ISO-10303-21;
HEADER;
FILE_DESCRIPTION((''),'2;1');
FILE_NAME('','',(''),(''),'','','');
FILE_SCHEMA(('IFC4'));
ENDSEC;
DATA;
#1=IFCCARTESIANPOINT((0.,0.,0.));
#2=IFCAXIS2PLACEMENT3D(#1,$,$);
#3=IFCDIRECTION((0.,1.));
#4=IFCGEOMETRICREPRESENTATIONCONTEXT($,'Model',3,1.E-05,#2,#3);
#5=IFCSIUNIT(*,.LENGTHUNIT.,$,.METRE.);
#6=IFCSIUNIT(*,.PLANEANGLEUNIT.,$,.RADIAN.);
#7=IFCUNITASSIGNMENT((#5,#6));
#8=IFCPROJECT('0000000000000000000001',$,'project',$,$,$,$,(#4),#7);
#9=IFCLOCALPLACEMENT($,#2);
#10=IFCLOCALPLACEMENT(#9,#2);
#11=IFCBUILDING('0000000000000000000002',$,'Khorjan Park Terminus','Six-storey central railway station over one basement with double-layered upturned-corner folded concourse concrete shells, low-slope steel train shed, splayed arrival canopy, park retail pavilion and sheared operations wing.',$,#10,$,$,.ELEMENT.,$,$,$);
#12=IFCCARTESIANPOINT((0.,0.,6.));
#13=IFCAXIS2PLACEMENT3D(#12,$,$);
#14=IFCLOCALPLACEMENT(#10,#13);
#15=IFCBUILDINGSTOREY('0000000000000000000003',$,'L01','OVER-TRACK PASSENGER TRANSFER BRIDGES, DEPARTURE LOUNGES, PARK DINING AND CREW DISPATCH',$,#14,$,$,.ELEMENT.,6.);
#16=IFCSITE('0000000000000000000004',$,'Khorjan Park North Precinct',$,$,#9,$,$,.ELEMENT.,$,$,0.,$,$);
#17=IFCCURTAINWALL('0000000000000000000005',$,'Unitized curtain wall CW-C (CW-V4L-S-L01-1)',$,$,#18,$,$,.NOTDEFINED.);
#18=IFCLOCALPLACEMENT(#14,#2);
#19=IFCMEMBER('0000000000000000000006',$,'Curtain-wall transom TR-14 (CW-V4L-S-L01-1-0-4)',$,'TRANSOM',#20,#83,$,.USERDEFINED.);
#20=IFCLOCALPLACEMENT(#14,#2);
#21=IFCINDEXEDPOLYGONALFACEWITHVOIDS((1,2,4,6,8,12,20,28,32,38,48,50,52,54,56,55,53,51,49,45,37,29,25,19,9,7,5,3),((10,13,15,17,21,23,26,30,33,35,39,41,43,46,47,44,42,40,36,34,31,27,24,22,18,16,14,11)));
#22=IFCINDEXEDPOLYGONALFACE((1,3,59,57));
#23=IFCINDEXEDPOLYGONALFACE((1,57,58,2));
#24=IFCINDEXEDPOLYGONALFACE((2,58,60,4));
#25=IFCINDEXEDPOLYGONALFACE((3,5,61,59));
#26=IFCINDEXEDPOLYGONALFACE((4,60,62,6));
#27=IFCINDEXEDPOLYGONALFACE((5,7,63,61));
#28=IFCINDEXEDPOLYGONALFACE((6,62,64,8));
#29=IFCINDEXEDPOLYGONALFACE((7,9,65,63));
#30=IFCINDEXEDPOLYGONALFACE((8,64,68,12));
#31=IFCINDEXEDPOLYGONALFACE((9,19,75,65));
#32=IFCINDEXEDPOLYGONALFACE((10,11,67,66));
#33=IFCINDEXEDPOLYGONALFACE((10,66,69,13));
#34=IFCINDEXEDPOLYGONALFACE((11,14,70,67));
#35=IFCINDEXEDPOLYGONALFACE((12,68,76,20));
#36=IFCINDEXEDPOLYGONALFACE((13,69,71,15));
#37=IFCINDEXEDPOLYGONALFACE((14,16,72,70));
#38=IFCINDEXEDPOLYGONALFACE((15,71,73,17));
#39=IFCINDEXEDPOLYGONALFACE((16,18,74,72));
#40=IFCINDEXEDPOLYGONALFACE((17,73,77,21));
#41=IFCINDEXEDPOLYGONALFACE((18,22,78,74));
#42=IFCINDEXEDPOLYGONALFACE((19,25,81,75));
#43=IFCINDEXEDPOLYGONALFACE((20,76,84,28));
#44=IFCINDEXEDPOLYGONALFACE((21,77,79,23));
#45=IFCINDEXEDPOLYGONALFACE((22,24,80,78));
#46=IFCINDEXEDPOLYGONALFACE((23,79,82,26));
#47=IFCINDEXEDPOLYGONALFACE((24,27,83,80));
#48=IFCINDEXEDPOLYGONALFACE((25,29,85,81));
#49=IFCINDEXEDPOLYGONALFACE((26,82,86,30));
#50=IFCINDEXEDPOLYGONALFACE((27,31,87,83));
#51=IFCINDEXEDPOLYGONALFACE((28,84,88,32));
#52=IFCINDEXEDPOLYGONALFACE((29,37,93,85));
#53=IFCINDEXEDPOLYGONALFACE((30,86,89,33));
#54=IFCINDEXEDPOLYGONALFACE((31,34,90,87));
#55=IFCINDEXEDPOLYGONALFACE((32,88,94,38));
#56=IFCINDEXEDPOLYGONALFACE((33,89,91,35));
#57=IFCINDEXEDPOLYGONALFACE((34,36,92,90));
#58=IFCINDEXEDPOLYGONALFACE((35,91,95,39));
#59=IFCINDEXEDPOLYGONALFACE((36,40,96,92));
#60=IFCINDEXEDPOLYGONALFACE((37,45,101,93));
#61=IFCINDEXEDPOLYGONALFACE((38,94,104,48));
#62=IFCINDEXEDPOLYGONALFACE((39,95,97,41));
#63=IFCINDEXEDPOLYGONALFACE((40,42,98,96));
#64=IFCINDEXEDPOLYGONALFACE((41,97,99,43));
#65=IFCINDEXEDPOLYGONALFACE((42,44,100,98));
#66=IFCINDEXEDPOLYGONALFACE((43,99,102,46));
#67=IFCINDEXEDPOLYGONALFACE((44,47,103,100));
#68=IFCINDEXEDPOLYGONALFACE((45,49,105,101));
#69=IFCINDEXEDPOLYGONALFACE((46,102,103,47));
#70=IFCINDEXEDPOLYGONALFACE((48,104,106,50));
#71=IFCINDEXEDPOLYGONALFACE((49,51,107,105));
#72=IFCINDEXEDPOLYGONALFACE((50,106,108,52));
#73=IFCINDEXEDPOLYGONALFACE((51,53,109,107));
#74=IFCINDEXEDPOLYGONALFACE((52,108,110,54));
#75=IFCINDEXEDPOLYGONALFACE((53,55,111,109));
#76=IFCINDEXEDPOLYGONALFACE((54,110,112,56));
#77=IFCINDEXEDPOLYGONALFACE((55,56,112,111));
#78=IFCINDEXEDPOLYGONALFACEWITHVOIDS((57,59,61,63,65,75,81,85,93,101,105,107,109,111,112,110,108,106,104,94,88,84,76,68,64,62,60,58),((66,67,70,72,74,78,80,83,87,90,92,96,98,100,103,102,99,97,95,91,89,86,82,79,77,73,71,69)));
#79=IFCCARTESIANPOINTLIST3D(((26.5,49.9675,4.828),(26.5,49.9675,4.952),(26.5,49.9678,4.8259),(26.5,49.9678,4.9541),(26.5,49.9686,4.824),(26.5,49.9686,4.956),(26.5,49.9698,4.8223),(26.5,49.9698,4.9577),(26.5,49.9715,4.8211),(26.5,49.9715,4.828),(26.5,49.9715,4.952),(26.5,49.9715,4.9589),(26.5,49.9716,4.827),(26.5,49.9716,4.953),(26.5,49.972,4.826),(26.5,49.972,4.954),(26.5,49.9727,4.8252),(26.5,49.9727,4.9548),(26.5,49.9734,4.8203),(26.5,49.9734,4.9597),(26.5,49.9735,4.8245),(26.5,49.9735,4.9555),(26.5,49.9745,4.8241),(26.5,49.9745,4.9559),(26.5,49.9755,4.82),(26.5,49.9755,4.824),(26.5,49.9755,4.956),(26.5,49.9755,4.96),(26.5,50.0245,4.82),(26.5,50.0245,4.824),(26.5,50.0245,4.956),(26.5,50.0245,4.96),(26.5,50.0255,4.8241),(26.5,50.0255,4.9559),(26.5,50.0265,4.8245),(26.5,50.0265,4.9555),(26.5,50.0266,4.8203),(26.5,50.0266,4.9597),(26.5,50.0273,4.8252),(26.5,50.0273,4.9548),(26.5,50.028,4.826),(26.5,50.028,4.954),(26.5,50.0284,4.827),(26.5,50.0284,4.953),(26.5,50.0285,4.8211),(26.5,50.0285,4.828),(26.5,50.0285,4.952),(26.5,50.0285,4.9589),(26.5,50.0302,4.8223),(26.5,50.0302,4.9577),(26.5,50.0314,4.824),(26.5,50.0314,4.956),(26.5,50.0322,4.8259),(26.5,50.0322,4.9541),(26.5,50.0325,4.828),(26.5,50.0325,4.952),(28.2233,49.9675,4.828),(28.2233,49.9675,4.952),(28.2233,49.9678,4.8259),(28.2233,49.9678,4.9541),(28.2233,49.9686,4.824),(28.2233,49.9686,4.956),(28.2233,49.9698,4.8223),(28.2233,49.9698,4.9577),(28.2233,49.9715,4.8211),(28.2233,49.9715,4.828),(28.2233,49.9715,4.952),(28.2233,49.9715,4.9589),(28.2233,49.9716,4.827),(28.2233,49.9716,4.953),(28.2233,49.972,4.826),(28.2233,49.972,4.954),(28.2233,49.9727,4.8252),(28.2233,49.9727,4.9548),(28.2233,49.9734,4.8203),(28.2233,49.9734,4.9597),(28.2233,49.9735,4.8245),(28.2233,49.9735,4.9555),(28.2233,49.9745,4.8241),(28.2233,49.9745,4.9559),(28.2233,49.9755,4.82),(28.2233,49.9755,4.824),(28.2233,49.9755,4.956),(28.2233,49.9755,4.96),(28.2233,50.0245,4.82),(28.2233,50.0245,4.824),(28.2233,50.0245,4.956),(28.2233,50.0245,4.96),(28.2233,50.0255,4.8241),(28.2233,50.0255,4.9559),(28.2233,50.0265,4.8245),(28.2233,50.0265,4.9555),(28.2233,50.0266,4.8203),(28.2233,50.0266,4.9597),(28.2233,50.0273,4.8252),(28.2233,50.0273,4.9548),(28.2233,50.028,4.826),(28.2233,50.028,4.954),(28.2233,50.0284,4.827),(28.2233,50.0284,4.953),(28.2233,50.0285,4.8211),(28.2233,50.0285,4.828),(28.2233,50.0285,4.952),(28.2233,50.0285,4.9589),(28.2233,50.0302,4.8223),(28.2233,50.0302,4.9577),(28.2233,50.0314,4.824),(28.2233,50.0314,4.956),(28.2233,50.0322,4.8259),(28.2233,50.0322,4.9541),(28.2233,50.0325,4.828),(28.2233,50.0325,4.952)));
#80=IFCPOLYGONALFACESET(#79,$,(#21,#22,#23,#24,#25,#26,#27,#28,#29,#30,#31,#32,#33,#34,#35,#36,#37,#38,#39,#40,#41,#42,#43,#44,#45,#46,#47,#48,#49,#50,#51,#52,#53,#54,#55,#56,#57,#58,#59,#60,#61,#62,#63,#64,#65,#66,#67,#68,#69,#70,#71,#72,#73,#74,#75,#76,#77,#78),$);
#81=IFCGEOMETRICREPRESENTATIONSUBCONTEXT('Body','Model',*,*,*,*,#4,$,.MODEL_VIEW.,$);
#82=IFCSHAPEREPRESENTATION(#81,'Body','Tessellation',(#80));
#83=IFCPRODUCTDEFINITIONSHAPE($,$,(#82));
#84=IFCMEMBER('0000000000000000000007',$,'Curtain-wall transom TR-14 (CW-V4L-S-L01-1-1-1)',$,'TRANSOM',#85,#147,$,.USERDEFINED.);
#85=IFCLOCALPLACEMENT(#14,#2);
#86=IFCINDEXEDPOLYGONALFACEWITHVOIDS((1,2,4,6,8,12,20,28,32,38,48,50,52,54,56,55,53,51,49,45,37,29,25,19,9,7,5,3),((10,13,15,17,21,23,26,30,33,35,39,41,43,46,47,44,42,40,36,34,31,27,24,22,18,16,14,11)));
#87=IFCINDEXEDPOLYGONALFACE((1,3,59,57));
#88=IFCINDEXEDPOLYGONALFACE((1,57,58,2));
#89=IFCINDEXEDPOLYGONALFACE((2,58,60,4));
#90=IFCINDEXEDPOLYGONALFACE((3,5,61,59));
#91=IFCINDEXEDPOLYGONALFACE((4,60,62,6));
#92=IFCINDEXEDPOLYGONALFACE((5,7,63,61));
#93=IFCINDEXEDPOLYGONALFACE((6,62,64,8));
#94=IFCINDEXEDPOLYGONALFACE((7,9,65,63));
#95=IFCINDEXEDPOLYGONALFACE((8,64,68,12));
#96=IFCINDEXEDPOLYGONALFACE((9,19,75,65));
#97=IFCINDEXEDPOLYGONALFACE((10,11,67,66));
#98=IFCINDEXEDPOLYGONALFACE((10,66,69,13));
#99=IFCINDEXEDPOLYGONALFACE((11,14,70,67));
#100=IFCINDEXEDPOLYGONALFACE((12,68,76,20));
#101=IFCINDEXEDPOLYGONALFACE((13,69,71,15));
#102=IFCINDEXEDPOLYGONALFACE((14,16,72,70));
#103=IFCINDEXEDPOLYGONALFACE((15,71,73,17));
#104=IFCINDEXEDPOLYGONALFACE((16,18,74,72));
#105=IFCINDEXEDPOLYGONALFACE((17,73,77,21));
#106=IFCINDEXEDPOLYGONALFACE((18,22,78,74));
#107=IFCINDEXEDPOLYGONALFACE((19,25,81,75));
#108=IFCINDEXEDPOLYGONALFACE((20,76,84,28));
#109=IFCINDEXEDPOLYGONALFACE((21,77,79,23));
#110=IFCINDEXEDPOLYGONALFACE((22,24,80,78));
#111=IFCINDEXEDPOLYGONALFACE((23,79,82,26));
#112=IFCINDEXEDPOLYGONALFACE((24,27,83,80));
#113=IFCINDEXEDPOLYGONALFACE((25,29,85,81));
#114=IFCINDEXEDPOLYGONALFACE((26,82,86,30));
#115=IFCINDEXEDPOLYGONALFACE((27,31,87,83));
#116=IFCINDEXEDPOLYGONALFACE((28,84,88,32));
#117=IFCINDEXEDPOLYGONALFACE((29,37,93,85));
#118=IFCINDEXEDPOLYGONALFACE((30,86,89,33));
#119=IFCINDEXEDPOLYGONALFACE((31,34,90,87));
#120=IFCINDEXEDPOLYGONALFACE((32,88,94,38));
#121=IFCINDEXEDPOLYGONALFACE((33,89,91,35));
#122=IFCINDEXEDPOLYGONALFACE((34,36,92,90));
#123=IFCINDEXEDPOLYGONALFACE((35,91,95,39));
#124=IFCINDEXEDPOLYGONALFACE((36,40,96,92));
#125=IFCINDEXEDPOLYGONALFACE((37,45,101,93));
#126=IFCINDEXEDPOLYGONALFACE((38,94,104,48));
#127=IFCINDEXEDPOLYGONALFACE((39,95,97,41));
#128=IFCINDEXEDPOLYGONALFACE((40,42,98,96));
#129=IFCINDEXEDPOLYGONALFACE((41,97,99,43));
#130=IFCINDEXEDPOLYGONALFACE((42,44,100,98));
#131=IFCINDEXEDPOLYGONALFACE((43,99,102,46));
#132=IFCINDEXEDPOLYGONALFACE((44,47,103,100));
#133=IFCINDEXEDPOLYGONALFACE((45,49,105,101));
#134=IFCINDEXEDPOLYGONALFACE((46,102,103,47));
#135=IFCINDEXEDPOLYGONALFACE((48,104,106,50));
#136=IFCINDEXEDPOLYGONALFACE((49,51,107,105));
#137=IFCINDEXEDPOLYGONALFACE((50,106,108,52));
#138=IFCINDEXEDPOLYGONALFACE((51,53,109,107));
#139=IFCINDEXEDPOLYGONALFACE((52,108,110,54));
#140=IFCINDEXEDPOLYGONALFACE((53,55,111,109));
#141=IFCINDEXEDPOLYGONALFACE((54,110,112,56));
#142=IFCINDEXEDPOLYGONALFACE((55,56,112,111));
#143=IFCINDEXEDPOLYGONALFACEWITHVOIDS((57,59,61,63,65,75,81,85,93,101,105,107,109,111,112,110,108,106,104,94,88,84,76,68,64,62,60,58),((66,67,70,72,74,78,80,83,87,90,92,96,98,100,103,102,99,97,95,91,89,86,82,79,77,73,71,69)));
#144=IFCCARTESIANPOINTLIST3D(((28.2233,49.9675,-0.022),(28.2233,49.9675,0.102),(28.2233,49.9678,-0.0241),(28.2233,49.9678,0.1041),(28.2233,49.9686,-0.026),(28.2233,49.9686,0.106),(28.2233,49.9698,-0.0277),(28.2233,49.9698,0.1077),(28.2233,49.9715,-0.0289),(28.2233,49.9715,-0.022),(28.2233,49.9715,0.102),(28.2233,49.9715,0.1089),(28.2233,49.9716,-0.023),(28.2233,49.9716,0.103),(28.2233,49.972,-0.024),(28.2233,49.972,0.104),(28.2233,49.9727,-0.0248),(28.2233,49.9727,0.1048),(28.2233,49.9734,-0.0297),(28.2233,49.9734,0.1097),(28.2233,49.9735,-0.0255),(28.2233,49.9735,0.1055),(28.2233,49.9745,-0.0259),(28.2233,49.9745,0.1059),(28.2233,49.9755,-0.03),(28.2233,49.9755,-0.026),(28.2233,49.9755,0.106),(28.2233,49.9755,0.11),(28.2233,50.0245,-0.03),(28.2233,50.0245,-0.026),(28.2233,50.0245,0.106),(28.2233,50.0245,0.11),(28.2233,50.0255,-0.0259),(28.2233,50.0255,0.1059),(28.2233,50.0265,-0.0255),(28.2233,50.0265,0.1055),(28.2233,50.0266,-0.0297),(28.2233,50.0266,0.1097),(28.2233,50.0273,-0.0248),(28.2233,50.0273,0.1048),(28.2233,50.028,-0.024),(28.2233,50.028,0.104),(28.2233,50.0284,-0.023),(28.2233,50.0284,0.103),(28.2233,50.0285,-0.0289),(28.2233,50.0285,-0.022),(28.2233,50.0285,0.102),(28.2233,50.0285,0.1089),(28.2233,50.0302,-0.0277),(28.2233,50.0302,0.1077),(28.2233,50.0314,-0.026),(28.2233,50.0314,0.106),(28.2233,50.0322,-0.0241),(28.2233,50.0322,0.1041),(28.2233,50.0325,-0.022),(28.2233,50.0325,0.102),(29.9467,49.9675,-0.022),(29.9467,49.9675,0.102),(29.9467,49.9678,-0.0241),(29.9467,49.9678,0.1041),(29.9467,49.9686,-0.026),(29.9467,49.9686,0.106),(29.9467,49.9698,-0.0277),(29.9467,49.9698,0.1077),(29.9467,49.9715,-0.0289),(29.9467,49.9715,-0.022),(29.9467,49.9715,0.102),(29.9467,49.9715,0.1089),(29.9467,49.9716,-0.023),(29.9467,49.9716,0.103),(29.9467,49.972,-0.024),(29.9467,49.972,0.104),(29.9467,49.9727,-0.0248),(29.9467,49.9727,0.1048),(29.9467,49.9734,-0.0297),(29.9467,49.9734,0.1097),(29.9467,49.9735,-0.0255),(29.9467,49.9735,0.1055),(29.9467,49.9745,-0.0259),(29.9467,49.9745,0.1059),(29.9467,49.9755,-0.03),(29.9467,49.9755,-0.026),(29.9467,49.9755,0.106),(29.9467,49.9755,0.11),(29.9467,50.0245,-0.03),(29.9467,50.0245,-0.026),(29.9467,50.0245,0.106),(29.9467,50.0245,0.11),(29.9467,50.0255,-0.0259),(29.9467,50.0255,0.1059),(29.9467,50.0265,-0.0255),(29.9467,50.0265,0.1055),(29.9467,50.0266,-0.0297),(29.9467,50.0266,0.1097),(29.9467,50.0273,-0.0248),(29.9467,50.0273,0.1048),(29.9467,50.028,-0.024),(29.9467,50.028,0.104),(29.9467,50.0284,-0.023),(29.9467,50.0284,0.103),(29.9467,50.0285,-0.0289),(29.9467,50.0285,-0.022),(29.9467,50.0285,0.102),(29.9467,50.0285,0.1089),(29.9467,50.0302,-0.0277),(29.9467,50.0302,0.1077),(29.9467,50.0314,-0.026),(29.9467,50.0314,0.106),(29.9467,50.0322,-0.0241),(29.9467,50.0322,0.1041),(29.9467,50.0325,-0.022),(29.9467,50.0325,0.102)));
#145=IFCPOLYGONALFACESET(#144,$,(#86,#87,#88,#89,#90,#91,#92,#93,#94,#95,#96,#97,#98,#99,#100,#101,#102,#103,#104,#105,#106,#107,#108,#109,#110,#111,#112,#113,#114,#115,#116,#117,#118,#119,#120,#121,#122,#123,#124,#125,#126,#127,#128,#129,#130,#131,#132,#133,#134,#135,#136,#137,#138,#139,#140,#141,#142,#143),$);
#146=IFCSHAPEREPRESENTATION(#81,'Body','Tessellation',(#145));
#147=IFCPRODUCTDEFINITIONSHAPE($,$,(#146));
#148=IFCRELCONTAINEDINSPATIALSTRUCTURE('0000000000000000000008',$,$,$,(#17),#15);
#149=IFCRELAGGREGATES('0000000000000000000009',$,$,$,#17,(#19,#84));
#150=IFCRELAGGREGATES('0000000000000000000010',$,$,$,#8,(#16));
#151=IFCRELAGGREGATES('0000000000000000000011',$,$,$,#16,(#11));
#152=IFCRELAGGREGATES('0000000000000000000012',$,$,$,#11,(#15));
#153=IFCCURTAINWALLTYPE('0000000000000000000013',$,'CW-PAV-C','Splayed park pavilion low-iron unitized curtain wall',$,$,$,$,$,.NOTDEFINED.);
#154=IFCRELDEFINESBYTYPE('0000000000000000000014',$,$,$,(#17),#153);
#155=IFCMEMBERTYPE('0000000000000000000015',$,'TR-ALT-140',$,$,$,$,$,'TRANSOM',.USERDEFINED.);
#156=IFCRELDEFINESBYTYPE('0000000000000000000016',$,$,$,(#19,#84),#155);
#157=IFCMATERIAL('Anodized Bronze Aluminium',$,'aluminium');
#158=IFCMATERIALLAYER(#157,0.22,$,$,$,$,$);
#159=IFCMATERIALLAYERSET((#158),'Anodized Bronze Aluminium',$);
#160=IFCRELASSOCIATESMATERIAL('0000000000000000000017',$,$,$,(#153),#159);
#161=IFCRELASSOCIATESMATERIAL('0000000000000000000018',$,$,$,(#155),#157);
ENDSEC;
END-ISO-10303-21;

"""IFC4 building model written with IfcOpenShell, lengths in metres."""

from ifc_helpers import new_model, si_unit, direction, frame, origin, origin_2d, place, context, subcontext, project, spatial, hollow_rectangle, extrude, material, layer, layer_set, material_profile, profile_set, type_object, element, aggregate, save


model = new_model("IFC4")

# Units and contexts
model_context = context("Model", 3, precision=1e-05, world=origin(), true_north=direction((0.0, 1.0)))
body_context = subcontext(model_context, "Body", "Model", "MODEL_VIEW")
ifc_project = project(units=[si_unit("LENGTHUNIT", "METRE"), si_unit("PLANEANGLEUNIT", "RADIAN")], contexts=[model_context])

# Site, building, storey
site_placement = place(None, origin())
site = spatial("IfcSite", under=ifc_project, at=site_placement, Name="Khorjan Park North Precinct", CompositionType="ELEMENT", RefElevation=0.0)
building_placement = place(site_placement, origin())
building = spatial("IfcBuilding", under=site, at=building_placement, Name="Khorjan Park Terminus", Description="Six-storey central railway station over one basement with double-layered upturned-corner folded concourse concrete shells, low-slope steel train shed, splayed arrival canopy, park retail pavilion and sheared operations wing.", CompositionType="ELEMENT")
storey_placement = place(building_placement, frame((0.0, 0.0, 6.0)))
storey = spatial("IfcBuildingStorey", under=building, at=storey_placement, Name="L01", Description="OVER-TRACK PASSENGER TRANSFER BRIDGES, DEPARTURE LOUNGES, PARK DINING AND CREW DISPATCH", CompositionType="ELEMENT", Elevation=6.0)

# Curtain wall
ifc_material_1 = material(Name="Anodized Bronze Aluminium", Category="aluminium")
ifc_layer_1 = layer(ifc_material_1, 0.22)
ifc_layer_set_1 = layer_set([ifc_layer_1], Name="Anodized Bronze Aluminium")
curtain_wall_type = type_object("IfcCurtainWallType", Name="CW-PAV-C", Description="Splayed park pavilion low-iron unitized curtain wall", PredefinedType="NOTDEFINED", material=ifc_layer_set_1)
curtain_wall_1_placement = place(storey_placement, origin())
curtain_wall_1 = element("IfcCurtainWall", 1, at=curtain_wall_1_placement, inside=storey, type_object=curtain_wall_type, Name="Unitized curtain wall CW-C (CW-V4L-S-L01-1)", PredefinedType="NOTDEFINED")

# Members
ifc_material_profile_1 = material_profile(ifc_material_1, hollow_rectangle(XDim=0.065, YDim=0.14, WallThickness=0.004, InnerFilletRadius=0.004, OuterFilletRadius=0.008, at=origin_2d()), Name="ALT 65x140x4")
ifc_profile_set_1 = profile_set([ifc_material_profile_1], Name="Anodized Bronze Aluminium")
member_type_1 = type_object("IfcMemberType", Name="TR-ALT-140", ElementType="TRANSOM", PredefinedType="USERDEFINED", material=ifc_profile_set_1)
member_1_placement = place(storey_placement, frame((26.5, 50.0, 4.89), z_axis=(1.0, 0.0, 0.0), x_axis=(0.0, 1.0, 0.0)))
member_1 = element("IfcMember", 2, at=member_1_placement, type_object=member_type_1, Name="Curtain-wall transom TR-14 (CW-V4L-S-L01-1-0-4)", ObjectType="TRANSOM", PredefinedType="USERDEFINED", context=body_context, shape_type="SweptSolid", body=[
    extrude(hollow_rectangle(XDim=0.065, YDim=0.14, WallThickness=0.004, InnerFilletRadius=0.004, OuterFilletRadius=0.008, at=origin_2d()), origin(), (0.0, 0.0, 1.0), 1.7233),
])
member_2_placement = place(storey_placement, frame((28.2233, 50.0, 0.04), z_axis=(1.0, 0.0, 0.0), x_axis=(0.0, 1.0, 0.0)))
member_2 = element("IfcMember", 3, at=member_2_placement, type_object=member_type_1, Name="Curtain-wall transom TR-14 (CW-V4L-S-L01-1-1-1)", ObjectType="TRANSOM", PredefinedType="USERDEFINED", context=body_context, shape_type="SweptSolid", body=[
    extrude(hollow_rectangle(XDim=0.065, YDim=0.14, WallThickness=0.004, InnerFilletRadius=0.004, OuterFilletRadius=0.008, at=origin_2d()), origin(), (0.0, 0.0, 1.0), 1.7234),
])

aggregate(curtain_wall_1, [member_1, member_2])

save(model, "model.ifc")
